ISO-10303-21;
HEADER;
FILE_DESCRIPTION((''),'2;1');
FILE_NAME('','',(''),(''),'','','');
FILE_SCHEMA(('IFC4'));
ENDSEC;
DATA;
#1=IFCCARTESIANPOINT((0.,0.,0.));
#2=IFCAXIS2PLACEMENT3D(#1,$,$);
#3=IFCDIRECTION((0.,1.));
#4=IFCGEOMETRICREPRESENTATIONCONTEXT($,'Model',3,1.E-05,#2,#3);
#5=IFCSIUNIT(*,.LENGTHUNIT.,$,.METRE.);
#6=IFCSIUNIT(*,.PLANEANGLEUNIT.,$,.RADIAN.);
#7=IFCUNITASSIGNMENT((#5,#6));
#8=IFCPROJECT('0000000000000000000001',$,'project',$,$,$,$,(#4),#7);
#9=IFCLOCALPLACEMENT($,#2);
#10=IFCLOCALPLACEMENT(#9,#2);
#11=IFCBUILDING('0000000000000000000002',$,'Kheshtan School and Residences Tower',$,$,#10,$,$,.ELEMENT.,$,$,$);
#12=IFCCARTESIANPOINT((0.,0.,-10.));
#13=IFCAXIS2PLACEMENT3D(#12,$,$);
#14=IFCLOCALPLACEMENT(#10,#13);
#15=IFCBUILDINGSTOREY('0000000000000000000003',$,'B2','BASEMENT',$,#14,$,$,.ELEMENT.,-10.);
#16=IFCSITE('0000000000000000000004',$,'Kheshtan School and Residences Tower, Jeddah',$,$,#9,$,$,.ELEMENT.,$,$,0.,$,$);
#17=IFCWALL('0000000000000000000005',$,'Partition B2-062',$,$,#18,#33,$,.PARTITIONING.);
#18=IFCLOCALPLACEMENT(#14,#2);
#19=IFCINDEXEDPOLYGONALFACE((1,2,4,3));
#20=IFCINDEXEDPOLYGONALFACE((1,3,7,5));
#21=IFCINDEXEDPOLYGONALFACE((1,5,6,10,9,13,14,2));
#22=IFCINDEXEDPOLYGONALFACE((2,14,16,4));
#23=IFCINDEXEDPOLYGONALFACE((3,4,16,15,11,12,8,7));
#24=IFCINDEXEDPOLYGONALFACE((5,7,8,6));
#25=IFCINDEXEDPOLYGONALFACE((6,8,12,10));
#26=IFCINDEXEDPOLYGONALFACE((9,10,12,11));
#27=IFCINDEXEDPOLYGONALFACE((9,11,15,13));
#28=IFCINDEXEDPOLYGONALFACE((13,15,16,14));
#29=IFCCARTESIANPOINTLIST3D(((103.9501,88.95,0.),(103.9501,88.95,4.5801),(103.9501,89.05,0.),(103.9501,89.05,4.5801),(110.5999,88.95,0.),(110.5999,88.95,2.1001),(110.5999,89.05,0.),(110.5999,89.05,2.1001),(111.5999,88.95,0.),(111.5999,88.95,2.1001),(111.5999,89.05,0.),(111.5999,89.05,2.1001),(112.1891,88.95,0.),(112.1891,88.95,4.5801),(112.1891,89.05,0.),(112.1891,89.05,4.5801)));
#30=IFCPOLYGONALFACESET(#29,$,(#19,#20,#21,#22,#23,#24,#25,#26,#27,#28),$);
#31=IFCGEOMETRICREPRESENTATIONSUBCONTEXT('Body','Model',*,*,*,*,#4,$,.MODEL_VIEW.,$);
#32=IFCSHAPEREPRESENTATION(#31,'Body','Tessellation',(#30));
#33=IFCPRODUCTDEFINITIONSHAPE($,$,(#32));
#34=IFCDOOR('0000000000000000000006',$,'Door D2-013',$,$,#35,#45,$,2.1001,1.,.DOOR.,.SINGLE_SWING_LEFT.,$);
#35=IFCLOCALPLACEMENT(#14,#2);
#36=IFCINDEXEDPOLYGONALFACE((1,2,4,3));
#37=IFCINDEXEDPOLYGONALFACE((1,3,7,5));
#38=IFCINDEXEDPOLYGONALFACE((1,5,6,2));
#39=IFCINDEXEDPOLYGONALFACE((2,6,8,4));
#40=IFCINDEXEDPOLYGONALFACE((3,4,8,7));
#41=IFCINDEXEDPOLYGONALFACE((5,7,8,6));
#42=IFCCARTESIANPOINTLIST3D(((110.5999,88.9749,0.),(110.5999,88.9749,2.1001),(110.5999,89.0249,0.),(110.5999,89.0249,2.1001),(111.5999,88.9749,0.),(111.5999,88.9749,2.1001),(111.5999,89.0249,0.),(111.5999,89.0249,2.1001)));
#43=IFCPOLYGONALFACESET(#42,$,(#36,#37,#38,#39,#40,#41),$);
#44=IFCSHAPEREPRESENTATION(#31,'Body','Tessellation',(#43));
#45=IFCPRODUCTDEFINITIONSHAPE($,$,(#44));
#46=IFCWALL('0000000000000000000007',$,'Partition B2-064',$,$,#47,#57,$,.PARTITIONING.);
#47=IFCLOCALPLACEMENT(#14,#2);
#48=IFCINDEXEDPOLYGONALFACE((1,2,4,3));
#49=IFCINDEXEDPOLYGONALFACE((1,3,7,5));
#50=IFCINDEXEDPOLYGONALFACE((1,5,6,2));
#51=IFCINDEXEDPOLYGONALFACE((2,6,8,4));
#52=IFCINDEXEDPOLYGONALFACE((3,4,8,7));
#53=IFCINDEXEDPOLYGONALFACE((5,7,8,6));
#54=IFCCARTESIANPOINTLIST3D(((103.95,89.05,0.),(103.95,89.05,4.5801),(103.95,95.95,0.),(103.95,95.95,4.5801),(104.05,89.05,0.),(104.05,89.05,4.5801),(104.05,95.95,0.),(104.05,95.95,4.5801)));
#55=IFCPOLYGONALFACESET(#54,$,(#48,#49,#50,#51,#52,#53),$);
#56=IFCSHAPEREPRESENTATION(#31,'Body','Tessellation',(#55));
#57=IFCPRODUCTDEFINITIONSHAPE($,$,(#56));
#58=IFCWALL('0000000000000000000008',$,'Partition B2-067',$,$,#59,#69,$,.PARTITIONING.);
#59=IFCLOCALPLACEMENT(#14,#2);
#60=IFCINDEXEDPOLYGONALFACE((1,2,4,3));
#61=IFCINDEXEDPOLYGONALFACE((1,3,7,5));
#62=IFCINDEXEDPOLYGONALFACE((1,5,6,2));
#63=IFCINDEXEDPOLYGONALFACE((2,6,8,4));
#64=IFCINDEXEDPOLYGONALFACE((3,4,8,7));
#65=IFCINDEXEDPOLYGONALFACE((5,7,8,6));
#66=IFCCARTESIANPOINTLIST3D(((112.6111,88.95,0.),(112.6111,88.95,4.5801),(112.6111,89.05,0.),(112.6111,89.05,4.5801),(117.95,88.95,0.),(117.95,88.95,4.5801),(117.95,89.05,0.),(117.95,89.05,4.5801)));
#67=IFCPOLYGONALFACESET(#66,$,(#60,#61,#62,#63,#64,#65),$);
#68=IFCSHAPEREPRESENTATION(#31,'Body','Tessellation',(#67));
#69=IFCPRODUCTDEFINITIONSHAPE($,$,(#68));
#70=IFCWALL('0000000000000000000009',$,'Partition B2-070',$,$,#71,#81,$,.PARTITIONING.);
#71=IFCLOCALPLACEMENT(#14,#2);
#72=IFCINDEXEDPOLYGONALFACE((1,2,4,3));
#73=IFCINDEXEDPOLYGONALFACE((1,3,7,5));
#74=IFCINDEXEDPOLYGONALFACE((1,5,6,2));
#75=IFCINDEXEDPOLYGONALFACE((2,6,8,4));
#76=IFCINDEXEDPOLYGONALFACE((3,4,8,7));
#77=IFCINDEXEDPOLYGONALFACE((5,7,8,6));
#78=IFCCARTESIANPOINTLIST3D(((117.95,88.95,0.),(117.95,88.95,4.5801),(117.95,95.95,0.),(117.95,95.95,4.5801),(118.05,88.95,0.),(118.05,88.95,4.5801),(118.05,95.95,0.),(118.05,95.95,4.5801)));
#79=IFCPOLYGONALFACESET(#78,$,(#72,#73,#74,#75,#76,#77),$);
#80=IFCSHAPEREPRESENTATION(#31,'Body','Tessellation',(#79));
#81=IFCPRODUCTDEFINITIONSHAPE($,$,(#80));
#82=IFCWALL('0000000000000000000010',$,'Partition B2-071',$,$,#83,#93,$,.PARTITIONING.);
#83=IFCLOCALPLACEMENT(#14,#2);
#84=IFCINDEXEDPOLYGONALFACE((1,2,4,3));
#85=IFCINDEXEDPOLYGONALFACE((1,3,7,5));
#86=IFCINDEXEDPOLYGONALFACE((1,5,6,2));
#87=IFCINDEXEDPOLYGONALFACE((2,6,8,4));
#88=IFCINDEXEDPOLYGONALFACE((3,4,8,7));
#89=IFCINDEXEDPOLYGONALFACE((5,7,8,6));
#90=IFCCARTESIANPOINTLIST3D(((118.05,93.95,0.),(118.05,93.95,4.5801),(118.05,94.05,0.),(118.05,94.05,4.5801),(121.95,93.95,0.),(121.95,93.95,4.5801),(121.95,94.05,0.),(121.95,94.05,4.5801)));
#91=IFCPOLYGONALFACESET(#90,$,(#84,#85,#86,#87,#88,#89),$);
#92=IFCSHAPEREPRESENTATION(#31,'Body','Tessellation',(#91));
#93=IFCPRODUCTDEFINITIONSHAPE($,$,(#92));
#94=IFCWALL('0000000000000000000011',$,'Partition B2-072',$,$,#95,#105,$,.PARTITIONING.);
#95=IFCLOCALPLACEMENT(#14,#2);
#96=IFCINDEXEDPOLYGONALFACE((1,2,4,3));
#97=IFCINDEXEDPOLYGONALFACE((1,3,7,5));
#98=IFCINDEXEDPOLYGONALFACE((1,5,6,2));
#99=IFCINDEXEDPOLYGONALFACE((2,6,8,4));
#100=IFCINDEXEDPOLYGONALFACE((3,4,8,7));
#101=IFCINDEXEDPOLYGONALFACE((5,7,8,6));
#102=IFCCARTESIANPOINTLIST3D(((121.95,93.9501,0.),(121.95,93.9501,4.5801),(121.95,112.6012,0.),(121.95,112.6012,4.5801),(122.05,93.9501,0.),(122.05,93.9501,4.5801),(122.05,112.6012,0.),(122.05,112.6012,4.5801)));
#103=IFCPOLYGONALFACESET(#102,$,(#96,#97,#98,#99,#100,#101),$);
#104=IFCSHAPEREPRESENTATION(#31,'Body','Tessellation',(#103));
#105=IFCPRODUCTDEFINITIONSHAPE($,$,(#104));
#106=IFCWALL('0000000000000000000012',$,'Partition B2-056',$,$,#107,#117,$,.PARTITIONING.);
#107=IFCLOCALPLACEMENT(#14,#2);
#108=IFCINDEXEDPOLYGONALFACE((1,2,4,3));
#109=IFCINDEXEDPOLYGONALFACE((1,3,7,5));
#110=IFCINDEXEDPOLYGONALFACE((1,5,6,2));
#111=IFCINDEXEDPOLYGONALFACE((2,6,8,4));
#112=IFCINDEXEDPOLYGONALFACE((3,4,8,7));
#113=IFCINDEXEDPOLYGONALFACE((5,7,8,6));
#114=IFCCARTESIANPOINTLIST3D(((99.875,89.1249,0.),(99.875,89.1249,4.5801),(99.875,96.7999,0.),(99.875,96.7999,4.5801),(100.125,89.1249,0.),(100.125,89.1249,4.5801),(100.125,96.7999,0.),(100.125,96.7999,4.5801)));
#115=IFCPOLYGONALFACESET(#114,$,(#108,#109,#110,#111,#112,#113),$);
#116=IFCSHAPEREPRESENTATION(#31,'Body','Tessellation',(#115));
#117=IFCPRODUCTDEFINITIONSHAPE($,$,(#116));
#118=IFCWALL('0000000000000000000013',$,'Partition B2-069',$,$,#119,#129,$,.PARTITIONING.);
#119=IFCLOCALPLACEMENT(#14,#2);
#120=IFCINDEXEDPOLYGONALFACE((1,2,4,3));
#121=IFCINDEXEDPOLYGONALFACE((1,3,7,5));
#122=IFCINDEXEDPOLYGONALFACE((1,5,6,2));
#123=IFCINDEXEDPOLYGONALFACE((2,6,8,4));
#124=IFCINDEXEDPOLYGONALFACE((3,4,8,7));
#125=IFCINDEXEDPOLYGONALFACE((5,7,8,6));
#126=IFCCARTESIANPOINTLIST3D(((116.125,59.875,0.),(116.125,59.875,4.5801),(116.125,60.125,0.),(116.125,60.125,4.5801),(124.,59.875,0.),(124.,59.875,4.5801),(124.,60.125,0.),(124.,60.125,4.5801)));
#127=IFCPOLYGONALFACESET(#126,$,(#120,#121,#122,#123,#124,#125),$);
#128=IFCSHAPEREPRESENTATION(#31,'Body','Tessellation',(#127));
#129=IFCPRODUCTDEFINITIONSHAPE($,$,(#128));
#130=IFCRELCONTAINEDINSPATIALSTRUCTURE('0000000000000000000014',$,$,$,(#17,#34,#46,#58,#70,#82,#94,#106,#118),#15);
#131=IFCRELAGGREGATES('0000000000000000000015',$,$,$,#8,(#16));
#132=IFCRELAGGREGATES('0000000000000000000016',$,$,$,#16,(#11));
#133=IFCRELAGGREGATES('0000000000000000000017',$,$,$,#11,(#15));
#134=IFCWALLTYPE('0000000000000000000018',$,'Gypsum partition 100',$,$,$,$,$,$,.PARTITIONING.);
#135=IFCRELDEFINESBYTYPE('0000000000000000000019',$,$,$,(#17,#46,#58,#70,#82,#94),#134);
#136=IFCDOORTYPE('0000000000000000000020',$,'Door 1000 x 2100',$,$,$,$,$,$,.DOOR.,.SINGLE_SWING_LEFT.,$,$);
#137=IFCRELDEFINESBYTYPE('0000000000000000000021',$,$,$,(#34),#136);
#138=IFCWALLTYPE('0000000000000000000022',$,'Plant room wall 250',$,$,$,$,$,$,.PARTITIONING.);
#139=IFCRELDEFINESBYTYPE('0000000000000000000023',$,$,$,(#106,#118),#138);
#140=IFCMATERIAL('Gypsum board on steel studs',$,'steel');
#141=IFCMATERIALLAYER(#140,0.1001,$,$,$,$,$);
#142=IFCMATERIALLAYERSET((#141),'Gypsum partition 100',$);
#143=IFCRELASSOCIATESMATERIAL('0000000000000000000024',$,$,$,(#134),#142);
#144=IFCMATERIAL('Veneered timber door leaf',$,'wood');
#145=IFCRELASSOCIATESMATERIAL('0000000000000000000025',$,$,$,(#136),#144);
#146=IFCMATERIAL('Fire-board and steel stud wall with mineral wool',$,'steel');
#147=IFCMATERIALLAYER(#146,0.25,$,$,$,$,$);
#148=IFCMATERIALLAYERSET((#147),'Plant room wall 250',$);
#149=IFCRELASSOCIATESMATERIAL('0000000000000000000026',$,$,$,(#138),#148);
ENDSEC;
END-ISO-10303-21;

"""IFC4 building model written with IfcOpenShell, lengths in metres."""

from ifc_helpers import new_model, si_unit, direction, frame, frame_2d, origin, place, context, subcontext, project, spatial, rectangle, extrude, source, transform, mapped, material, layer, layer_set, type_object, element, fill, save


model = new_model("IFC4")

# Units and contexts
model_context = context("Model", 3, precision=1e-05, world=origin(), true_north=direction((0.0, 1.0)))
body_context = subcontext(model_context, "Body", "Model", "MODEL_VIEW")
ifc_project = project(units=[si_unit("LENGTHUNIT", "METRE"), si_unit("PLANEANGLEUNIT", "RADIAN")], contexts=[model_context])

# Site, building, storey
site_placement = place(None, origin())
site = spatial("IfcSite", under=ifc_project, at=site_placement, Name="Kheshtan School and Residences Tower, Jeddah", CompositionType="ELEMENT", RefElevation=0.0)
building_placement = place(site_placement, origin())
building = spatial("IfcBuilding", under=site, at=building_placement, Name="Kheshtan School and Residences Tower", CompositionType="ELEMENT")
storey_placement = place(building_placement, frame((0.0, 0.0, -10.0)))
storey = spatial("IfcBuildingStorey", under=building, at=storey_placement, Name="B2", Description="BASEMENT", CompositionType="ELEMENT", Elevation=-10.0)

# Shared definitions
ifc_material_1 = material(Name="Gypsum board on steel studs", Category="steel")
ifc_layer_1 = layer(ifc_material_1, 0.1001)
ifc_layer_set_1 = layer_set([ifc_layer_1], Name="Gypsum partition 100")
wall_type_1 = type_object("IfcWallType", Name="Gypsum partition 100", PredefinedType="PARTITIONING", material=ifc_layer_set_1)

# Wall, opening, door
wall_1_placement = place(storey_placement, frame((103.95, 89.0, 0.0), z_axis=(0.0, 0.0, 1.0), x_axis=(1.0, 0.0, 0.0)))
wall_1 = element("IfcWall", 1, at=wall_1_placement, inside=storey, type_object=wall_type_1, Name="Partition B2-062", PredefinedType="PARTITIONING", context=body_context, shape_type="SweptSolid", body=[
    extrude(rectangle(XDim=8.239, YDim=0.1001, at=frame_2d((4.1196, 0.0))), origin(), (0.0, 0.0, 1.0), 4.5801),
])
opening_placement = place(wall_1_placement, frame((6.6499, 0.0, 0.0)))
opening = element("IfcOpeningElement", 2, at=opening_placement, cuts=wall_1, PredefinedType="OPENING", context=body_context, shape_type="SweptSolid", body=[
    extrude(rectangle(XDim=1.0, YDim=2.1001, at=frame_2d((0.5, 1.05))), frame((0.0, 0.0601, 0.0), z_axis=(0.0, -1.0, 0.0), x_axis=(1.0, 0.0, 0.0)), (0.0, 0.0, 1.0), 0.1201),
])
ifc_material_2 = material(Name="Veneered timber door leaf", Category="wood")
door_type = type_object("IfcDoorType", Name="Door 1000 x 2100", OperationType="SINGLE_SWING_LEFT", PredefinedType="DOOR", material=ifc_material_2)
shared_shape = source(origin(), body_context, "Body", "SweptSolid", [
    extrude(rectangle(XDim=1.0, YDim=2.1001, at=frame_2d((0.5, 1.05))), frame((0.0, 0.0249, 0.0), z_axis=(0.0, -1.0, 0.0), x_axis=(1.0, 0.0, 0.0)), (0.0, 0.0, 1.0), 0.05),
])
door_placement = place(opening_placement, origin())
door = element("IfcDoor", 3, at=door_placement, inside=storey, type_object=door_type, Name="Door D2-013", OperationType="SINGLE_SWING_LEFT", OverallHeight=2.1001, OverallWidth=1.0, PredefinedType="DOOR", context=body_context, shape_type="MappedRepresentation", body=[
    mapped(shared_shape, transform((0.0, 0.0, 0.0), x_axis=(1.0, 0.0, 0.0), y_axis=(0.0, 1.0, 0.0), z_axis=(0.0, 0.0, 1.0), scale=1.0)),
])
fill(opening, door)

# Walls
wall_2_placement = place(storey_placement, frame((104.0, 89.05, 0.0), z_axis=(0.0, 0.0, 1.0), x_axis=(0.0, 1.0, 0.0)))
element("IfcWall", 4, at=wall_2_placement, inside=storey, type_object=wall_type_1, Name="Partition B2-064", PredefinedType="PARTITIONING", context=body_context, shape_type="SweptSolid", body=[
    extrude(rectangle(XDim=6.8999, YDim=0.1001, at=frame_2d((3.45, 0.0))), origin(), (0.0, 0.0, 1.0), 4.5801),
])
wall_3_placement = place(storey_placement, frame((112.6111, 89.0, 0.0), z_axis=(0.0, 0.0, 1.0), x_axis=(1.0, 0.0, 0.0)))
element("IfcWall", 5, at=wall_3_placement, inside=storey, type_object=wall_type_1, Name="Partition B2-067", PredefinedType="PARTITIONING", context=body_context, shape_type="SweptSolid", body=[
    extrude(rectangle(XDim=5.3389, YDim=0.1001, at=frame_2d((2.6694, 0.0))), origin(), (0.0, 0.0, 1.0), 4.5801),
])
wall_4_placement = place(storey_placement, frame((118.0, 88.95, 0.0), z_axis=(0.0, 0.0, 1.0), x_axis=(0.0, 1.0, 0.0)))
element("IfcWall", 6, at=wall_4_placement, inside=storey, type_object=wall_type_1, Name="Partition B2-070", PredefinedType="PARTITIONING", context=body_context, shape_type="SweptSolid", body=[
    extrude(rectangle(XDim=7.0, YDim=0.1001, at=frame_2d((3.5, 0.0))), origin(), (0.0, 0.0, 1.0), 4.5801),
])
wall_5_placement = place(storey_placement, frame((118.05, 94.0, 0.0), z_axis=(0.0, 0.0, 1.0), x_axis=(1.0, 0.0, 0.0)))
element("IfcWall", 7, at=wall_5_placement, inside=storey, type_object=wall_type_1, Name="Partition B2-071", PredefinedType="PARTITIONING", context=body_context, shape_type="SweptSolid", body=[
    extrude(rectangle(XDim=3.8999, YDim=0.1001, at=frame_2d((1.95, 0.0))), origin(), (0.0, 0.0, 1.0), 4.5801),
])
wall_6_placement = place(storey_placement, frame((122.0, 93.95, 0.0), z_axis=(0.0, 0.0, 1.0), x_axis=(0.0, 1.0, 0.0)))
element("IfcWall", 8, at=wall_6_placement, inside=storey, type_object=wall_type_1, Name="Partition B2-072", PredefinedType="PARTITIONING", context=body_context, shape_type="SweptSolid", body=[
    extrude(rectangle(XDim=18.6511, YDim=0.1001, at=frame_2d((9.3257, 0.0))), origin(), (0.0, 0.0, 1.0), 4.5801),
])
ifc_material_3 = material(Name="Fire-board and steel stud wall with mineral wool", Category="steel")
ifc_layer_2 = layer(ifc_material_3, 0.25)
ifc_layer_set_2 = layer_set([ifc_layer_2], Name="Plant room wall 250")
wall_type_2 = type_object("IfcWallType", Name="Plant room wall 250", PredefinedType="PARTITIONING", material=ifc_layer_set_2)
wall_7_placement = place(storey_placement, frame((100.0, 89.125, 0.0), z_axis=(0.0, 0.0, 1.0), x_axis=(0.0, 1.0, 0.0)))
element("IfcWall", 9, at=wall_7_placement, inside=storey, type_object=wall_type_2, Name="Partition B2-056", PredefinedType="PARTITIONING", context=body_context, shape_type="SweptSolid", body=[
    extrude(rectangle(XDim=7.675, YDim=0.25, at=frame_2d((3.8374, 0.0))), origin(), (0.0, 0.0, 1.0), 4.5801),
])
wall_8_placement = place(storey_placement, frame((116.125, 60.0, 0.0), z_axis=(0.0, 0.0, 1.0), x_axis=(1.0, 0.0, 0.0)))
element("IfcWall", 10, at=wall_8_placement, inside=storey, type_object=wall_type_2, Name="Partition B2-069", PredefinedType="PARTITIONING", context=body_context, shape_type="SweptSolid", body=[
    extrude(rectangle(XDim=7.875, YDim=0.25, at=frame_2d((3.9375, 0.0))), origin(), (0.0, 0.0, 1.0), 4.5801),
])

save(model, "model.ifc")
